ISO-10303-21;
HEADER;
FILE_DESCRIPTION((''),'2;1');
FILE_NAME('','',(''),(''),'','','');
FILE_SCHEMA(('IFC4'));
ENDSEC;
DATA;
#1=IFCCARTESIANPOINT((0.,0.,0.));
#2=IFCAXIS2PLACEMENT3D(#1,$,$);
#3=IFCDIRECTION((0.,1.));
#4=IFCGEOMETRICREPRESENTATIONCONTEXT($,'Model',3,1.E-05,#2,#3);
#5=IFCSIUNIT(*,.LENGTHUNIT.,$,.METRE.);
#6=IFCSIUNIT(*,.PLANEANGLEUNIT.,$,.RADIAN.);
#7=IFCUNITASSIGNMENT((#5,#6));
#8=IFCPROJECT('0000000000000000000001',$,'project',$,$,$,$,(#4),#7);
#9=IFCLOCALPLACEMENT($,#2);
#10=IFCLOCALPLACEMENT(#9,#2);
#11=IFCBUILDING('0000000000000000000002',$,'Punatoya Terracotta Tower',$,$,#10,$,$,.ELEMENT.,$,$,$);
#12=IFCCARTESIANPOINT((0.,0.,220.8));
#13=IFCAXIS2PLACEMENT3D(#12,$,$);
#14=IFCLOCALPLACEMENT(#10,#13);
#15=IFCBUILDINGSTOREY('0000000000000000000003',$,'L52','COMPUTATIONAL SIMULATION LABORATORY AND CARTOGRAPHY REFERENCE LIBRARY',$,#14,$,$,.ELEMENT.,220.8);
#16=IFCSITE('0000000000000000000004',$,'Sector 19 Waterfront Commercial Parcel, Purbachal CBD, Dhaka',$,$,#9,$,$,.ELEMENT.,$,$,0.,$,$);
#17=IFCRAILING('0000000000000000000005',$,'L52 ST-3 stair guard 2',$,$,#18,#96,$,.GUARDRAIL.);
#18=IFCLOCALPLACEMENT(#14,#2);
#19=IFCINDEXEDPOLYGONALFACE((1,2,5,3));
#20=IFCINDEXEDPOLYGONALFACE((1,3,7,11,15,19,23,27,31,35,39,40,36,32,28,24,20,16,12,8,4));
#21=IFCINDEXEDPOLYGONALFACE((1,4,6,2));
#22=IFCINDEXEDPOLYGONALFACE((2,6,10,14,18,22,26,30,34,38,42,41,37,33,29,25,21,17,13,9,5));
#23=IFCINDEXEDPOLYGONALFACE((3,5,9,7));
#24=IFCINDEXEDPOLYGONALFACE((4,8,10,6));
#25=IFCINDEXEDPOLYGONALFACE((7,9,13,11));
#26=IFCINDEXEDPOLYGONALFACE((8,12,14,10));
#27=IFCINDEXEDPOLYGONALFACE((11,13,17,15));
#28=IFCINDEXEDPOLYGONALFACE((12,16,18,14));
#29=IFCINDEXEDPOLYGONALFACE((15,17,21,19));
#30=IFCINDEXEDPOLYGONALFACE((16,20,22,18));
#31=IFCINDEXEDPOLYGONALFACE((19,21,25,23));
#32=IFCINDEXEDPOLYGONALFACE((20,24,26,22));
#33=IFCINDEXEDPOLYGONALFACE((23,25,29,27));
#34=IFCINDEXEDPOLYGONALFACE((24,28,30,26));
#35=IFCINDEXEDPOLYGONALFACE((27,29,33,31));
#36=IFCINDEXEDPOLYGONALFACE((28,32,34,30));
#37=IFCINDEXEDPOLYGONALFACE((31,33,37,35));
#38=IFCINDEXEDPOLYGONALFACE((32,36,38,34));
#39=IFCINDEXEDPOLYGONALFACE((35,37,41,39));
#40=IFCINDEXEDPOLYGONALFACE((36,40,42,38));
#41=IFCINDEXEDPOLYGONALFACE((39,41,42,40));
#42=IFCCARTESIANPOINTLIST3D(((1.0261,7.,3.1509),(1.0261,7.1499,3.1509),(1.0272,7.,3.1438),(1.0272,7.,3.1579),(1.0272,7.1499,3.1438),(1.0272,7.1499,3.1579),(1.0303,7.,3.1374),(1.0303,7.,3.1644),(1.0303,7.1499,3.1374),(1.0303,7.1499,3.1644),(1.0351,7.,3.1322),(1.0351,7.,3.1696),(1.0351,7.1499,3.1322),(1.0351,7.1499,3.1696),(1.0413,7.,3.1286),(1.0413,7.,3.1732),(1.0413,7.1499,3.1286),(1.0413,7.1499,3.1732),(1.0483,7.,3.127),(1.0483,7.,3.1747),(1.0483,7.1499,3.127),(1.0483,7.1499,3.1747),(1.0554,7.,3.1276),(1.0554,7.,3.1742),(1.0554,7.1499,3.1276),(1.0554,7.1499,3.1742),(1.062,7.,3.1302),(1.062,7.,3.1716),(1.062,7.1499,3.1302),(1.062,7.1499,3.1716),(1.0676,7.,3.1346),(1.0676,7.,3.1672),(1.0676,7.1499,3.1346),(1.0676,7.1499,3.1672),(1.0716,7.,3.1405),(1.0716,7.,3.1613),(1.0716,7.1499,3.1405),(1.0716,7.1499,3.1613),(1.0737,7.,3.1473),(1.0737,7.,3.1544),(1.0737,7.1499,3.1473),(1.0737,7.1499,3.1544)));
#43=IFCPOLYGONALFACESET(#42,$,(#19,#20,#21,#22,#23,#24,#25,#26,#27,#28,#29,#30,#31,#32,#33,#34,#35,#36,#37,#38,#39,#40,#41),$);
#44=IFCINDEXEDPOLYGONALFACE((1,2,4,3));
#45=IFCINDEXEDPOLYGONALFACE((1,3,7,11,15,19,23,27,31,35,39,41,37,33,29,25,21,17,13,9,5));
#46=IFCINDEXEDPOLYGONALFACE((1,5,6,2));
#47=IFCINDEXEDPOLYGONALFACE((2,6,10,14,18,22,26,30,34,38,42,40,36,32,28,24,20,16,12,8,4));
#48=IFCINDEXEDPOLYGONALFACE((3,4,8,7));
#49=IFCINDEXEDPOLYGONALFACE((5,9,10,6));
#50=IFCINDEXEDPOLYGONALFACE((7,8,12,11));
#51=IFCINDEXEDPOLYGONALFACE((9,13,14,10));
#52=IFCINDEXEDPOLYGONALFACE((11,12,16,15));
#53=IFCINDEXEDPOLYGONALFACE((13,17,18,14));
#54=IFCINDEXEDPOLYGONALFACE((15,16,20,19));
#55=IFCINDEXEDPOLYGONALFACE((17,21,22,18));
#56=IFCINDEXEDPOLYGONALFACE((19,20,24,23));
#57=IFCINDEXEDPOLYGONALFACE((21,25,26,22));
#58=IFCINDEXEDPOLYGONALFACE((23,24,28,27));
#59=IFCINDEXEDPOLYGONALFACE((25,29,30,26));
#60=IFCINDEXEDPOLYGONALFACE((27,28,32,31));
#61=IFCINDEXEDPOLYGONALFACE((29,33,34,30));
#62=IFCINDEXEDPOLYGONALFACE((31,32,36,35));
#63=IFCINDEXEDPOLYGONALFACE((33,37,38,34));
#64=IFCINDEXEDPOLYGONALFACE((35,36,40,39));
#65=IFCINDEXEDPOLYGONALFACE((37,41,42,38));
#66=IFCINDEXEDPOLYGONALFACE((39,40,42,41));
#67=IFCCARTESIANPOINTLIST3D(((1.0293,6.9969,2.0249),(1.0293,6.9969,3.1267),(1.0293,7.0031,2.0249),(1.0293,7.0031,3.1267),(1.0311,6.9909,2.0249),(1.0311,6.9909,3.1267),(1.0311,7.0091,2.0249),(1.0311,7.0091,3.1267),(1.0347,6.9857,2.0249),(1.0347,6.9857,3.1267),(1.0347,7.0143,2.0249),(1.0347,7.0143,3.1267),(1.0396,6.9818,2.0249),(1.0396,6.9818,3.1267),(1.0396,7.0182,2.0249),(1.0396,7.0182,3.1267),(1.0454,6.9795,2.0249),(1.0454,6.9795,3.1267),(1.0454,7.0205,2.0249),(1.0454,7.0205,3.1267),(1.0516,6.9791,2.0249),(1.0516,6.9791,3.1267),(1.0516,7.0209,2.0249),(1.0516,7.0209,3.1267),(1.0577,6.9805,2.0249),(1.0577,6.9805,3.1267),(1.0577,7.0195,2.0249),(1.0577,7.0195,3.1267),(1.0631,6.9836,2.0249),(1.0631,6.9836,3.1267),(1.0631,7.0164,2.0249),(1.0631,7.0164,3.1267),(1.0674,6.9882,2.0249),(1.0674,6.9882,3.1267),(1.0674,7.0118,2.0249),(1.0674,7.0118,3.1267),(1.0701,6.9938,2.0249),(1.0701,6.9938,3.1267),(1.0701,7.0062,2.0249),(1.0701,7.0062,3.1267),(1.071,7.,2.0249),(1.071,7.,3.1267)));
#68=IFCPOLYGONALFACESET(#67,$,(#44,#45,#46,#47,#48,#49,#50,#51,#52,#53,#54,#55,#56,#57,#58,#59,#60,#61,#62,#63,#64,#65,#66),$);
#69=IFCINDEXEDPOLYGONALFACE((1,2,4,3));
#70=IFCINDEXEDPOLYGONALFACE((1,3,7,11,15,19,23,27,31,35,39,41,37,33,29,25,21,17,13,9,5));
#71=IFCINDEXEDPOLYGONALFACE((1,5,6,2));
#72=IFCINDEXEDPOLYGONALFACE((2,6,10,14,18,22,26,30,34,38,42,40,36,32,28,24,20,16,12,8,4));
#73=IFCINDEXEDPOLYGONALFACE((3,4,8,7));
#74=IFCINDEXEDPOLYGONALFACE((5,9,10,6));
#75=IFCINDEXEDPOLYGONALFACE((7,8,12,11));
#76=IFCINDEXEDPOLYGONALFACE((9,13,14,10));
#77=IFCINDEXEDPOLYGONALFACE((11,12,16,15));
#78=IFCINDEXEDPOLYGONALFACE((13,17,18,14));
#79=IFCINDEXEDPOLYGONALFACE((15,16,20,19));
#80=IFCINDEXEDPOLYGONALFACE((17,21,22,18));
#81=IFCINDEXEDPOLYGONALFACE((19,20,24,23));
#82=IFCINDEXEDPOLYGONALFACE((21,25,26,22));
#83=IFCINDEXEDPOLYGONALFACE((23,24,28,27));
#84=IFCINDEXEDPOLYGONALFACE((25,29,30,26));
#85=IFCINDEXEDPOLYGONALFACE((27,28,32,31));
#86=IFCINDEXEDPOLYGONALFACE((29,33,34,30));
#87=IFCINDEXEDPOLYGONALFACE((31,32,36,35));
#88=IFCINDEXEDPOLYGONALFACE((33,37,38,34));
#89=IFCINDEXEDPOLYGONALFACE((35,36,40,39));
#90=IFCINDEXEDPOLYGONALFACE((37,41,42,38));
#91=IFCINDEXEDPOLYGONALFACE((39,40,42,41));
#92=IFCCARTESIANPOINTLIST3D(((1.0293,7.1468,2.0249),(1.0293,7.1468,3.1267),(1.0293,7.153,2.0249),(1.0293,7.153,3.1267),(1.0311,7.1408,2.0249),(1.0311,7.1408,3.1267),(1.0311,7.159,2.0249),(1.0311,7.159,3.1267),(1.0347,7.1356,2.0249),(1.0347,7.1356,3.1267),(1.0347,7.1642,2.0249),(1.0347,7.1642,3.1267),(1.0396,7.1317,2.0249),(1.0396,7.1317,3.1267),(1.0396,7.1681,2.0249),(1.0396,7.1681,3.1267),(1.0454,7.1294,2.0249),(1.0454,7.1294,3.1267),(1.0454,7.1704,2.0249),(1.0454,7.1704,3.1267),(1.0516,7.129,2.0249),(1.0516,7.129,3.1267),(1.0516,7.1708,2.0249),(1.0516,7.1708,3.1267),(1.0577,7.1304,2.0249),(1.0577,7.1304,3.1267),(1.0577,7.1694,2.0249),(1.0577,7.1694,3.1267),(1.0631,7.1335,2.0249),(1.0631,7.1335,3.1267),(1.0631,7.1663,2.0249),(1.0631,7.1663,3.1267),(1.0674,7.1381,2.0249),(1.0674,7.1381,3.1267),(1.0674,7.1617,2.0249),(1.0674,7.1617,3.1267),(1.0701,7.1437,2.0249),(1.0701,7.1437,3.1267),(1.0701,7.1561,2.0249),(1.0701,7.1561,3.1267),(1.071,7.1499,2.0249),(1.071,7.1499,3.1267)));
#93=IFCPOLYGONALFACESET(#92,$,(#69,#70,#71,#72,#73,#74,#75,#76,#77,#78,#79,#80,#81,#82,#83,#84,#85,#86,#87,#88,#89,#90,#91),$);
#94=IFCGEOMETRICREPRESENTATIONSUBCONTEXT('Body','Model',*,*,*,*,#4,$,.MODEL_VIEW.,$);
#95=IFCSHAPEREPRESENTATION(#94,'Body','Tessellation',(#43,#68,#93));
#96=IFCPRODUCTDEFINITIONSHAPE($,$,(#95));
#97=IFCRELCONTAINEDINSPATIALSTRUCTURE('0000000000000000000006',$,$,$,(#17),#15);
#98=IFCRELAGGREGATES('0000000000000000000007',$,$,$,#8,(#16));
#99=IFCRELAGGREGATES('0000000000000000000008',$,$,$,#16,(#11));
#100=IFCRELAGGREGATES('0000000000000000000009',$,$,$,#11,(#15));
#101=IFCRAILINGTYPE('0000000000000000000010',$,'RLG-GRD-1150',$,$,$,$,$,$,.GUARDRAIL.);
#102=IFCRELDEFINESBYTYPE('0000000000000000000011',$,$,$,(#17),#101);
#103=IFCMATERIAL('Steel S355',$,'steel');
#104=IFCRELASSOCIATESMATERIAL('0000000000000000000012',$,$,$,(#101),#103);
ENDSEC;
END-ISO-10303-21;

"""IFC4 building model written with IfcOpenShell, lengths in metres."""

from ifc_helpers import new_model, si_unit, direction, frame, origin, origin_2d, place, context, subcontext, project, spatial, circle, extrude, material, type_object, element, save


model = new_model("IFC4")

# Units and contexts
model_context = context("Model", 3, precision=1e-05, world=origin(), true_north=direction((0.0, 1.0)))
body_context = subcontext(model_context, "Body", "Model", "MODEL_VIEW")
ifc_project = project(units=[si_unit("LENGTHUNIT", "METRE"), si_unit("PLANEANGLEUNIT", "RADIAN")], contexts=[model_context])

# Site, building, storey
site_placement = place(None, origin())
site = spatial("IfcSite", under=ifc_project, at=site_placement, Name="Sector 19 Waterfront Commercial Parcel, Purbachal CBD, Dhaka", CompositionType="ELEMENT", RefElevation=0.0)
building_placement = place(site_placement, origin())
building = spatial("IfcBuilding", under=site, at=building_placement, Name="Punatoya Terracotta Tower", CompositionType="ELEMENT")
storey_placement = place(building_placement, frame((0.0, 0.0, 220.8)))
storey = spatial("IfcBuildingStorey", under=building, at=storey_placement, Name="L52", Description="COMPUTATIONAL SIMULATION LABORATORY AND CARTOGRAPHY REFERENCE LIBRARY", CompositionType="ELEMENT", Elevation=220.8)

# Shared definitions
ifc_material_1 = material(Name="Steel S355", Category="steel")

# Railing
railing_type_1 = type_object("IfcRailingType", Name="RLG-GRD-1150", PredefinedType="GUARDRAIL", material=ifc_material_1)
railing_1_placement = place(storey_placement, frame((1.05, 7.0, 2.0249)))
element("IfcRailing", 1, at=railing_1_placement, inside=storey, type_object=railing_type_1, Name="L52 ST-3 stair guard 2", PredefinedType="GUARDRAIL", context=body_context, shape_type="SweptSolid", body=[
    extrude(circle(Radius=0.0239, at=origin_2d()), frame((0.0, 0.0, 1.126), z_axis=(0.0, 1.0, 0.0), x_axis=(-1.0, 0.0, 0.0)), (0.0, 0.0, 1.0), 0.1499),
    extrude(circle(Radius=0.021, at=origin_2d()), origin(), (0.0, 0.0, 1.0), 1.1018),
    extrude(circle(Radius=0.021, at=origin_2d()), frame((0.0, 0.1499, 0.0)), (0.0, 0.0, 1.0), 1.1018),
])

save(model, "model.ifc")
